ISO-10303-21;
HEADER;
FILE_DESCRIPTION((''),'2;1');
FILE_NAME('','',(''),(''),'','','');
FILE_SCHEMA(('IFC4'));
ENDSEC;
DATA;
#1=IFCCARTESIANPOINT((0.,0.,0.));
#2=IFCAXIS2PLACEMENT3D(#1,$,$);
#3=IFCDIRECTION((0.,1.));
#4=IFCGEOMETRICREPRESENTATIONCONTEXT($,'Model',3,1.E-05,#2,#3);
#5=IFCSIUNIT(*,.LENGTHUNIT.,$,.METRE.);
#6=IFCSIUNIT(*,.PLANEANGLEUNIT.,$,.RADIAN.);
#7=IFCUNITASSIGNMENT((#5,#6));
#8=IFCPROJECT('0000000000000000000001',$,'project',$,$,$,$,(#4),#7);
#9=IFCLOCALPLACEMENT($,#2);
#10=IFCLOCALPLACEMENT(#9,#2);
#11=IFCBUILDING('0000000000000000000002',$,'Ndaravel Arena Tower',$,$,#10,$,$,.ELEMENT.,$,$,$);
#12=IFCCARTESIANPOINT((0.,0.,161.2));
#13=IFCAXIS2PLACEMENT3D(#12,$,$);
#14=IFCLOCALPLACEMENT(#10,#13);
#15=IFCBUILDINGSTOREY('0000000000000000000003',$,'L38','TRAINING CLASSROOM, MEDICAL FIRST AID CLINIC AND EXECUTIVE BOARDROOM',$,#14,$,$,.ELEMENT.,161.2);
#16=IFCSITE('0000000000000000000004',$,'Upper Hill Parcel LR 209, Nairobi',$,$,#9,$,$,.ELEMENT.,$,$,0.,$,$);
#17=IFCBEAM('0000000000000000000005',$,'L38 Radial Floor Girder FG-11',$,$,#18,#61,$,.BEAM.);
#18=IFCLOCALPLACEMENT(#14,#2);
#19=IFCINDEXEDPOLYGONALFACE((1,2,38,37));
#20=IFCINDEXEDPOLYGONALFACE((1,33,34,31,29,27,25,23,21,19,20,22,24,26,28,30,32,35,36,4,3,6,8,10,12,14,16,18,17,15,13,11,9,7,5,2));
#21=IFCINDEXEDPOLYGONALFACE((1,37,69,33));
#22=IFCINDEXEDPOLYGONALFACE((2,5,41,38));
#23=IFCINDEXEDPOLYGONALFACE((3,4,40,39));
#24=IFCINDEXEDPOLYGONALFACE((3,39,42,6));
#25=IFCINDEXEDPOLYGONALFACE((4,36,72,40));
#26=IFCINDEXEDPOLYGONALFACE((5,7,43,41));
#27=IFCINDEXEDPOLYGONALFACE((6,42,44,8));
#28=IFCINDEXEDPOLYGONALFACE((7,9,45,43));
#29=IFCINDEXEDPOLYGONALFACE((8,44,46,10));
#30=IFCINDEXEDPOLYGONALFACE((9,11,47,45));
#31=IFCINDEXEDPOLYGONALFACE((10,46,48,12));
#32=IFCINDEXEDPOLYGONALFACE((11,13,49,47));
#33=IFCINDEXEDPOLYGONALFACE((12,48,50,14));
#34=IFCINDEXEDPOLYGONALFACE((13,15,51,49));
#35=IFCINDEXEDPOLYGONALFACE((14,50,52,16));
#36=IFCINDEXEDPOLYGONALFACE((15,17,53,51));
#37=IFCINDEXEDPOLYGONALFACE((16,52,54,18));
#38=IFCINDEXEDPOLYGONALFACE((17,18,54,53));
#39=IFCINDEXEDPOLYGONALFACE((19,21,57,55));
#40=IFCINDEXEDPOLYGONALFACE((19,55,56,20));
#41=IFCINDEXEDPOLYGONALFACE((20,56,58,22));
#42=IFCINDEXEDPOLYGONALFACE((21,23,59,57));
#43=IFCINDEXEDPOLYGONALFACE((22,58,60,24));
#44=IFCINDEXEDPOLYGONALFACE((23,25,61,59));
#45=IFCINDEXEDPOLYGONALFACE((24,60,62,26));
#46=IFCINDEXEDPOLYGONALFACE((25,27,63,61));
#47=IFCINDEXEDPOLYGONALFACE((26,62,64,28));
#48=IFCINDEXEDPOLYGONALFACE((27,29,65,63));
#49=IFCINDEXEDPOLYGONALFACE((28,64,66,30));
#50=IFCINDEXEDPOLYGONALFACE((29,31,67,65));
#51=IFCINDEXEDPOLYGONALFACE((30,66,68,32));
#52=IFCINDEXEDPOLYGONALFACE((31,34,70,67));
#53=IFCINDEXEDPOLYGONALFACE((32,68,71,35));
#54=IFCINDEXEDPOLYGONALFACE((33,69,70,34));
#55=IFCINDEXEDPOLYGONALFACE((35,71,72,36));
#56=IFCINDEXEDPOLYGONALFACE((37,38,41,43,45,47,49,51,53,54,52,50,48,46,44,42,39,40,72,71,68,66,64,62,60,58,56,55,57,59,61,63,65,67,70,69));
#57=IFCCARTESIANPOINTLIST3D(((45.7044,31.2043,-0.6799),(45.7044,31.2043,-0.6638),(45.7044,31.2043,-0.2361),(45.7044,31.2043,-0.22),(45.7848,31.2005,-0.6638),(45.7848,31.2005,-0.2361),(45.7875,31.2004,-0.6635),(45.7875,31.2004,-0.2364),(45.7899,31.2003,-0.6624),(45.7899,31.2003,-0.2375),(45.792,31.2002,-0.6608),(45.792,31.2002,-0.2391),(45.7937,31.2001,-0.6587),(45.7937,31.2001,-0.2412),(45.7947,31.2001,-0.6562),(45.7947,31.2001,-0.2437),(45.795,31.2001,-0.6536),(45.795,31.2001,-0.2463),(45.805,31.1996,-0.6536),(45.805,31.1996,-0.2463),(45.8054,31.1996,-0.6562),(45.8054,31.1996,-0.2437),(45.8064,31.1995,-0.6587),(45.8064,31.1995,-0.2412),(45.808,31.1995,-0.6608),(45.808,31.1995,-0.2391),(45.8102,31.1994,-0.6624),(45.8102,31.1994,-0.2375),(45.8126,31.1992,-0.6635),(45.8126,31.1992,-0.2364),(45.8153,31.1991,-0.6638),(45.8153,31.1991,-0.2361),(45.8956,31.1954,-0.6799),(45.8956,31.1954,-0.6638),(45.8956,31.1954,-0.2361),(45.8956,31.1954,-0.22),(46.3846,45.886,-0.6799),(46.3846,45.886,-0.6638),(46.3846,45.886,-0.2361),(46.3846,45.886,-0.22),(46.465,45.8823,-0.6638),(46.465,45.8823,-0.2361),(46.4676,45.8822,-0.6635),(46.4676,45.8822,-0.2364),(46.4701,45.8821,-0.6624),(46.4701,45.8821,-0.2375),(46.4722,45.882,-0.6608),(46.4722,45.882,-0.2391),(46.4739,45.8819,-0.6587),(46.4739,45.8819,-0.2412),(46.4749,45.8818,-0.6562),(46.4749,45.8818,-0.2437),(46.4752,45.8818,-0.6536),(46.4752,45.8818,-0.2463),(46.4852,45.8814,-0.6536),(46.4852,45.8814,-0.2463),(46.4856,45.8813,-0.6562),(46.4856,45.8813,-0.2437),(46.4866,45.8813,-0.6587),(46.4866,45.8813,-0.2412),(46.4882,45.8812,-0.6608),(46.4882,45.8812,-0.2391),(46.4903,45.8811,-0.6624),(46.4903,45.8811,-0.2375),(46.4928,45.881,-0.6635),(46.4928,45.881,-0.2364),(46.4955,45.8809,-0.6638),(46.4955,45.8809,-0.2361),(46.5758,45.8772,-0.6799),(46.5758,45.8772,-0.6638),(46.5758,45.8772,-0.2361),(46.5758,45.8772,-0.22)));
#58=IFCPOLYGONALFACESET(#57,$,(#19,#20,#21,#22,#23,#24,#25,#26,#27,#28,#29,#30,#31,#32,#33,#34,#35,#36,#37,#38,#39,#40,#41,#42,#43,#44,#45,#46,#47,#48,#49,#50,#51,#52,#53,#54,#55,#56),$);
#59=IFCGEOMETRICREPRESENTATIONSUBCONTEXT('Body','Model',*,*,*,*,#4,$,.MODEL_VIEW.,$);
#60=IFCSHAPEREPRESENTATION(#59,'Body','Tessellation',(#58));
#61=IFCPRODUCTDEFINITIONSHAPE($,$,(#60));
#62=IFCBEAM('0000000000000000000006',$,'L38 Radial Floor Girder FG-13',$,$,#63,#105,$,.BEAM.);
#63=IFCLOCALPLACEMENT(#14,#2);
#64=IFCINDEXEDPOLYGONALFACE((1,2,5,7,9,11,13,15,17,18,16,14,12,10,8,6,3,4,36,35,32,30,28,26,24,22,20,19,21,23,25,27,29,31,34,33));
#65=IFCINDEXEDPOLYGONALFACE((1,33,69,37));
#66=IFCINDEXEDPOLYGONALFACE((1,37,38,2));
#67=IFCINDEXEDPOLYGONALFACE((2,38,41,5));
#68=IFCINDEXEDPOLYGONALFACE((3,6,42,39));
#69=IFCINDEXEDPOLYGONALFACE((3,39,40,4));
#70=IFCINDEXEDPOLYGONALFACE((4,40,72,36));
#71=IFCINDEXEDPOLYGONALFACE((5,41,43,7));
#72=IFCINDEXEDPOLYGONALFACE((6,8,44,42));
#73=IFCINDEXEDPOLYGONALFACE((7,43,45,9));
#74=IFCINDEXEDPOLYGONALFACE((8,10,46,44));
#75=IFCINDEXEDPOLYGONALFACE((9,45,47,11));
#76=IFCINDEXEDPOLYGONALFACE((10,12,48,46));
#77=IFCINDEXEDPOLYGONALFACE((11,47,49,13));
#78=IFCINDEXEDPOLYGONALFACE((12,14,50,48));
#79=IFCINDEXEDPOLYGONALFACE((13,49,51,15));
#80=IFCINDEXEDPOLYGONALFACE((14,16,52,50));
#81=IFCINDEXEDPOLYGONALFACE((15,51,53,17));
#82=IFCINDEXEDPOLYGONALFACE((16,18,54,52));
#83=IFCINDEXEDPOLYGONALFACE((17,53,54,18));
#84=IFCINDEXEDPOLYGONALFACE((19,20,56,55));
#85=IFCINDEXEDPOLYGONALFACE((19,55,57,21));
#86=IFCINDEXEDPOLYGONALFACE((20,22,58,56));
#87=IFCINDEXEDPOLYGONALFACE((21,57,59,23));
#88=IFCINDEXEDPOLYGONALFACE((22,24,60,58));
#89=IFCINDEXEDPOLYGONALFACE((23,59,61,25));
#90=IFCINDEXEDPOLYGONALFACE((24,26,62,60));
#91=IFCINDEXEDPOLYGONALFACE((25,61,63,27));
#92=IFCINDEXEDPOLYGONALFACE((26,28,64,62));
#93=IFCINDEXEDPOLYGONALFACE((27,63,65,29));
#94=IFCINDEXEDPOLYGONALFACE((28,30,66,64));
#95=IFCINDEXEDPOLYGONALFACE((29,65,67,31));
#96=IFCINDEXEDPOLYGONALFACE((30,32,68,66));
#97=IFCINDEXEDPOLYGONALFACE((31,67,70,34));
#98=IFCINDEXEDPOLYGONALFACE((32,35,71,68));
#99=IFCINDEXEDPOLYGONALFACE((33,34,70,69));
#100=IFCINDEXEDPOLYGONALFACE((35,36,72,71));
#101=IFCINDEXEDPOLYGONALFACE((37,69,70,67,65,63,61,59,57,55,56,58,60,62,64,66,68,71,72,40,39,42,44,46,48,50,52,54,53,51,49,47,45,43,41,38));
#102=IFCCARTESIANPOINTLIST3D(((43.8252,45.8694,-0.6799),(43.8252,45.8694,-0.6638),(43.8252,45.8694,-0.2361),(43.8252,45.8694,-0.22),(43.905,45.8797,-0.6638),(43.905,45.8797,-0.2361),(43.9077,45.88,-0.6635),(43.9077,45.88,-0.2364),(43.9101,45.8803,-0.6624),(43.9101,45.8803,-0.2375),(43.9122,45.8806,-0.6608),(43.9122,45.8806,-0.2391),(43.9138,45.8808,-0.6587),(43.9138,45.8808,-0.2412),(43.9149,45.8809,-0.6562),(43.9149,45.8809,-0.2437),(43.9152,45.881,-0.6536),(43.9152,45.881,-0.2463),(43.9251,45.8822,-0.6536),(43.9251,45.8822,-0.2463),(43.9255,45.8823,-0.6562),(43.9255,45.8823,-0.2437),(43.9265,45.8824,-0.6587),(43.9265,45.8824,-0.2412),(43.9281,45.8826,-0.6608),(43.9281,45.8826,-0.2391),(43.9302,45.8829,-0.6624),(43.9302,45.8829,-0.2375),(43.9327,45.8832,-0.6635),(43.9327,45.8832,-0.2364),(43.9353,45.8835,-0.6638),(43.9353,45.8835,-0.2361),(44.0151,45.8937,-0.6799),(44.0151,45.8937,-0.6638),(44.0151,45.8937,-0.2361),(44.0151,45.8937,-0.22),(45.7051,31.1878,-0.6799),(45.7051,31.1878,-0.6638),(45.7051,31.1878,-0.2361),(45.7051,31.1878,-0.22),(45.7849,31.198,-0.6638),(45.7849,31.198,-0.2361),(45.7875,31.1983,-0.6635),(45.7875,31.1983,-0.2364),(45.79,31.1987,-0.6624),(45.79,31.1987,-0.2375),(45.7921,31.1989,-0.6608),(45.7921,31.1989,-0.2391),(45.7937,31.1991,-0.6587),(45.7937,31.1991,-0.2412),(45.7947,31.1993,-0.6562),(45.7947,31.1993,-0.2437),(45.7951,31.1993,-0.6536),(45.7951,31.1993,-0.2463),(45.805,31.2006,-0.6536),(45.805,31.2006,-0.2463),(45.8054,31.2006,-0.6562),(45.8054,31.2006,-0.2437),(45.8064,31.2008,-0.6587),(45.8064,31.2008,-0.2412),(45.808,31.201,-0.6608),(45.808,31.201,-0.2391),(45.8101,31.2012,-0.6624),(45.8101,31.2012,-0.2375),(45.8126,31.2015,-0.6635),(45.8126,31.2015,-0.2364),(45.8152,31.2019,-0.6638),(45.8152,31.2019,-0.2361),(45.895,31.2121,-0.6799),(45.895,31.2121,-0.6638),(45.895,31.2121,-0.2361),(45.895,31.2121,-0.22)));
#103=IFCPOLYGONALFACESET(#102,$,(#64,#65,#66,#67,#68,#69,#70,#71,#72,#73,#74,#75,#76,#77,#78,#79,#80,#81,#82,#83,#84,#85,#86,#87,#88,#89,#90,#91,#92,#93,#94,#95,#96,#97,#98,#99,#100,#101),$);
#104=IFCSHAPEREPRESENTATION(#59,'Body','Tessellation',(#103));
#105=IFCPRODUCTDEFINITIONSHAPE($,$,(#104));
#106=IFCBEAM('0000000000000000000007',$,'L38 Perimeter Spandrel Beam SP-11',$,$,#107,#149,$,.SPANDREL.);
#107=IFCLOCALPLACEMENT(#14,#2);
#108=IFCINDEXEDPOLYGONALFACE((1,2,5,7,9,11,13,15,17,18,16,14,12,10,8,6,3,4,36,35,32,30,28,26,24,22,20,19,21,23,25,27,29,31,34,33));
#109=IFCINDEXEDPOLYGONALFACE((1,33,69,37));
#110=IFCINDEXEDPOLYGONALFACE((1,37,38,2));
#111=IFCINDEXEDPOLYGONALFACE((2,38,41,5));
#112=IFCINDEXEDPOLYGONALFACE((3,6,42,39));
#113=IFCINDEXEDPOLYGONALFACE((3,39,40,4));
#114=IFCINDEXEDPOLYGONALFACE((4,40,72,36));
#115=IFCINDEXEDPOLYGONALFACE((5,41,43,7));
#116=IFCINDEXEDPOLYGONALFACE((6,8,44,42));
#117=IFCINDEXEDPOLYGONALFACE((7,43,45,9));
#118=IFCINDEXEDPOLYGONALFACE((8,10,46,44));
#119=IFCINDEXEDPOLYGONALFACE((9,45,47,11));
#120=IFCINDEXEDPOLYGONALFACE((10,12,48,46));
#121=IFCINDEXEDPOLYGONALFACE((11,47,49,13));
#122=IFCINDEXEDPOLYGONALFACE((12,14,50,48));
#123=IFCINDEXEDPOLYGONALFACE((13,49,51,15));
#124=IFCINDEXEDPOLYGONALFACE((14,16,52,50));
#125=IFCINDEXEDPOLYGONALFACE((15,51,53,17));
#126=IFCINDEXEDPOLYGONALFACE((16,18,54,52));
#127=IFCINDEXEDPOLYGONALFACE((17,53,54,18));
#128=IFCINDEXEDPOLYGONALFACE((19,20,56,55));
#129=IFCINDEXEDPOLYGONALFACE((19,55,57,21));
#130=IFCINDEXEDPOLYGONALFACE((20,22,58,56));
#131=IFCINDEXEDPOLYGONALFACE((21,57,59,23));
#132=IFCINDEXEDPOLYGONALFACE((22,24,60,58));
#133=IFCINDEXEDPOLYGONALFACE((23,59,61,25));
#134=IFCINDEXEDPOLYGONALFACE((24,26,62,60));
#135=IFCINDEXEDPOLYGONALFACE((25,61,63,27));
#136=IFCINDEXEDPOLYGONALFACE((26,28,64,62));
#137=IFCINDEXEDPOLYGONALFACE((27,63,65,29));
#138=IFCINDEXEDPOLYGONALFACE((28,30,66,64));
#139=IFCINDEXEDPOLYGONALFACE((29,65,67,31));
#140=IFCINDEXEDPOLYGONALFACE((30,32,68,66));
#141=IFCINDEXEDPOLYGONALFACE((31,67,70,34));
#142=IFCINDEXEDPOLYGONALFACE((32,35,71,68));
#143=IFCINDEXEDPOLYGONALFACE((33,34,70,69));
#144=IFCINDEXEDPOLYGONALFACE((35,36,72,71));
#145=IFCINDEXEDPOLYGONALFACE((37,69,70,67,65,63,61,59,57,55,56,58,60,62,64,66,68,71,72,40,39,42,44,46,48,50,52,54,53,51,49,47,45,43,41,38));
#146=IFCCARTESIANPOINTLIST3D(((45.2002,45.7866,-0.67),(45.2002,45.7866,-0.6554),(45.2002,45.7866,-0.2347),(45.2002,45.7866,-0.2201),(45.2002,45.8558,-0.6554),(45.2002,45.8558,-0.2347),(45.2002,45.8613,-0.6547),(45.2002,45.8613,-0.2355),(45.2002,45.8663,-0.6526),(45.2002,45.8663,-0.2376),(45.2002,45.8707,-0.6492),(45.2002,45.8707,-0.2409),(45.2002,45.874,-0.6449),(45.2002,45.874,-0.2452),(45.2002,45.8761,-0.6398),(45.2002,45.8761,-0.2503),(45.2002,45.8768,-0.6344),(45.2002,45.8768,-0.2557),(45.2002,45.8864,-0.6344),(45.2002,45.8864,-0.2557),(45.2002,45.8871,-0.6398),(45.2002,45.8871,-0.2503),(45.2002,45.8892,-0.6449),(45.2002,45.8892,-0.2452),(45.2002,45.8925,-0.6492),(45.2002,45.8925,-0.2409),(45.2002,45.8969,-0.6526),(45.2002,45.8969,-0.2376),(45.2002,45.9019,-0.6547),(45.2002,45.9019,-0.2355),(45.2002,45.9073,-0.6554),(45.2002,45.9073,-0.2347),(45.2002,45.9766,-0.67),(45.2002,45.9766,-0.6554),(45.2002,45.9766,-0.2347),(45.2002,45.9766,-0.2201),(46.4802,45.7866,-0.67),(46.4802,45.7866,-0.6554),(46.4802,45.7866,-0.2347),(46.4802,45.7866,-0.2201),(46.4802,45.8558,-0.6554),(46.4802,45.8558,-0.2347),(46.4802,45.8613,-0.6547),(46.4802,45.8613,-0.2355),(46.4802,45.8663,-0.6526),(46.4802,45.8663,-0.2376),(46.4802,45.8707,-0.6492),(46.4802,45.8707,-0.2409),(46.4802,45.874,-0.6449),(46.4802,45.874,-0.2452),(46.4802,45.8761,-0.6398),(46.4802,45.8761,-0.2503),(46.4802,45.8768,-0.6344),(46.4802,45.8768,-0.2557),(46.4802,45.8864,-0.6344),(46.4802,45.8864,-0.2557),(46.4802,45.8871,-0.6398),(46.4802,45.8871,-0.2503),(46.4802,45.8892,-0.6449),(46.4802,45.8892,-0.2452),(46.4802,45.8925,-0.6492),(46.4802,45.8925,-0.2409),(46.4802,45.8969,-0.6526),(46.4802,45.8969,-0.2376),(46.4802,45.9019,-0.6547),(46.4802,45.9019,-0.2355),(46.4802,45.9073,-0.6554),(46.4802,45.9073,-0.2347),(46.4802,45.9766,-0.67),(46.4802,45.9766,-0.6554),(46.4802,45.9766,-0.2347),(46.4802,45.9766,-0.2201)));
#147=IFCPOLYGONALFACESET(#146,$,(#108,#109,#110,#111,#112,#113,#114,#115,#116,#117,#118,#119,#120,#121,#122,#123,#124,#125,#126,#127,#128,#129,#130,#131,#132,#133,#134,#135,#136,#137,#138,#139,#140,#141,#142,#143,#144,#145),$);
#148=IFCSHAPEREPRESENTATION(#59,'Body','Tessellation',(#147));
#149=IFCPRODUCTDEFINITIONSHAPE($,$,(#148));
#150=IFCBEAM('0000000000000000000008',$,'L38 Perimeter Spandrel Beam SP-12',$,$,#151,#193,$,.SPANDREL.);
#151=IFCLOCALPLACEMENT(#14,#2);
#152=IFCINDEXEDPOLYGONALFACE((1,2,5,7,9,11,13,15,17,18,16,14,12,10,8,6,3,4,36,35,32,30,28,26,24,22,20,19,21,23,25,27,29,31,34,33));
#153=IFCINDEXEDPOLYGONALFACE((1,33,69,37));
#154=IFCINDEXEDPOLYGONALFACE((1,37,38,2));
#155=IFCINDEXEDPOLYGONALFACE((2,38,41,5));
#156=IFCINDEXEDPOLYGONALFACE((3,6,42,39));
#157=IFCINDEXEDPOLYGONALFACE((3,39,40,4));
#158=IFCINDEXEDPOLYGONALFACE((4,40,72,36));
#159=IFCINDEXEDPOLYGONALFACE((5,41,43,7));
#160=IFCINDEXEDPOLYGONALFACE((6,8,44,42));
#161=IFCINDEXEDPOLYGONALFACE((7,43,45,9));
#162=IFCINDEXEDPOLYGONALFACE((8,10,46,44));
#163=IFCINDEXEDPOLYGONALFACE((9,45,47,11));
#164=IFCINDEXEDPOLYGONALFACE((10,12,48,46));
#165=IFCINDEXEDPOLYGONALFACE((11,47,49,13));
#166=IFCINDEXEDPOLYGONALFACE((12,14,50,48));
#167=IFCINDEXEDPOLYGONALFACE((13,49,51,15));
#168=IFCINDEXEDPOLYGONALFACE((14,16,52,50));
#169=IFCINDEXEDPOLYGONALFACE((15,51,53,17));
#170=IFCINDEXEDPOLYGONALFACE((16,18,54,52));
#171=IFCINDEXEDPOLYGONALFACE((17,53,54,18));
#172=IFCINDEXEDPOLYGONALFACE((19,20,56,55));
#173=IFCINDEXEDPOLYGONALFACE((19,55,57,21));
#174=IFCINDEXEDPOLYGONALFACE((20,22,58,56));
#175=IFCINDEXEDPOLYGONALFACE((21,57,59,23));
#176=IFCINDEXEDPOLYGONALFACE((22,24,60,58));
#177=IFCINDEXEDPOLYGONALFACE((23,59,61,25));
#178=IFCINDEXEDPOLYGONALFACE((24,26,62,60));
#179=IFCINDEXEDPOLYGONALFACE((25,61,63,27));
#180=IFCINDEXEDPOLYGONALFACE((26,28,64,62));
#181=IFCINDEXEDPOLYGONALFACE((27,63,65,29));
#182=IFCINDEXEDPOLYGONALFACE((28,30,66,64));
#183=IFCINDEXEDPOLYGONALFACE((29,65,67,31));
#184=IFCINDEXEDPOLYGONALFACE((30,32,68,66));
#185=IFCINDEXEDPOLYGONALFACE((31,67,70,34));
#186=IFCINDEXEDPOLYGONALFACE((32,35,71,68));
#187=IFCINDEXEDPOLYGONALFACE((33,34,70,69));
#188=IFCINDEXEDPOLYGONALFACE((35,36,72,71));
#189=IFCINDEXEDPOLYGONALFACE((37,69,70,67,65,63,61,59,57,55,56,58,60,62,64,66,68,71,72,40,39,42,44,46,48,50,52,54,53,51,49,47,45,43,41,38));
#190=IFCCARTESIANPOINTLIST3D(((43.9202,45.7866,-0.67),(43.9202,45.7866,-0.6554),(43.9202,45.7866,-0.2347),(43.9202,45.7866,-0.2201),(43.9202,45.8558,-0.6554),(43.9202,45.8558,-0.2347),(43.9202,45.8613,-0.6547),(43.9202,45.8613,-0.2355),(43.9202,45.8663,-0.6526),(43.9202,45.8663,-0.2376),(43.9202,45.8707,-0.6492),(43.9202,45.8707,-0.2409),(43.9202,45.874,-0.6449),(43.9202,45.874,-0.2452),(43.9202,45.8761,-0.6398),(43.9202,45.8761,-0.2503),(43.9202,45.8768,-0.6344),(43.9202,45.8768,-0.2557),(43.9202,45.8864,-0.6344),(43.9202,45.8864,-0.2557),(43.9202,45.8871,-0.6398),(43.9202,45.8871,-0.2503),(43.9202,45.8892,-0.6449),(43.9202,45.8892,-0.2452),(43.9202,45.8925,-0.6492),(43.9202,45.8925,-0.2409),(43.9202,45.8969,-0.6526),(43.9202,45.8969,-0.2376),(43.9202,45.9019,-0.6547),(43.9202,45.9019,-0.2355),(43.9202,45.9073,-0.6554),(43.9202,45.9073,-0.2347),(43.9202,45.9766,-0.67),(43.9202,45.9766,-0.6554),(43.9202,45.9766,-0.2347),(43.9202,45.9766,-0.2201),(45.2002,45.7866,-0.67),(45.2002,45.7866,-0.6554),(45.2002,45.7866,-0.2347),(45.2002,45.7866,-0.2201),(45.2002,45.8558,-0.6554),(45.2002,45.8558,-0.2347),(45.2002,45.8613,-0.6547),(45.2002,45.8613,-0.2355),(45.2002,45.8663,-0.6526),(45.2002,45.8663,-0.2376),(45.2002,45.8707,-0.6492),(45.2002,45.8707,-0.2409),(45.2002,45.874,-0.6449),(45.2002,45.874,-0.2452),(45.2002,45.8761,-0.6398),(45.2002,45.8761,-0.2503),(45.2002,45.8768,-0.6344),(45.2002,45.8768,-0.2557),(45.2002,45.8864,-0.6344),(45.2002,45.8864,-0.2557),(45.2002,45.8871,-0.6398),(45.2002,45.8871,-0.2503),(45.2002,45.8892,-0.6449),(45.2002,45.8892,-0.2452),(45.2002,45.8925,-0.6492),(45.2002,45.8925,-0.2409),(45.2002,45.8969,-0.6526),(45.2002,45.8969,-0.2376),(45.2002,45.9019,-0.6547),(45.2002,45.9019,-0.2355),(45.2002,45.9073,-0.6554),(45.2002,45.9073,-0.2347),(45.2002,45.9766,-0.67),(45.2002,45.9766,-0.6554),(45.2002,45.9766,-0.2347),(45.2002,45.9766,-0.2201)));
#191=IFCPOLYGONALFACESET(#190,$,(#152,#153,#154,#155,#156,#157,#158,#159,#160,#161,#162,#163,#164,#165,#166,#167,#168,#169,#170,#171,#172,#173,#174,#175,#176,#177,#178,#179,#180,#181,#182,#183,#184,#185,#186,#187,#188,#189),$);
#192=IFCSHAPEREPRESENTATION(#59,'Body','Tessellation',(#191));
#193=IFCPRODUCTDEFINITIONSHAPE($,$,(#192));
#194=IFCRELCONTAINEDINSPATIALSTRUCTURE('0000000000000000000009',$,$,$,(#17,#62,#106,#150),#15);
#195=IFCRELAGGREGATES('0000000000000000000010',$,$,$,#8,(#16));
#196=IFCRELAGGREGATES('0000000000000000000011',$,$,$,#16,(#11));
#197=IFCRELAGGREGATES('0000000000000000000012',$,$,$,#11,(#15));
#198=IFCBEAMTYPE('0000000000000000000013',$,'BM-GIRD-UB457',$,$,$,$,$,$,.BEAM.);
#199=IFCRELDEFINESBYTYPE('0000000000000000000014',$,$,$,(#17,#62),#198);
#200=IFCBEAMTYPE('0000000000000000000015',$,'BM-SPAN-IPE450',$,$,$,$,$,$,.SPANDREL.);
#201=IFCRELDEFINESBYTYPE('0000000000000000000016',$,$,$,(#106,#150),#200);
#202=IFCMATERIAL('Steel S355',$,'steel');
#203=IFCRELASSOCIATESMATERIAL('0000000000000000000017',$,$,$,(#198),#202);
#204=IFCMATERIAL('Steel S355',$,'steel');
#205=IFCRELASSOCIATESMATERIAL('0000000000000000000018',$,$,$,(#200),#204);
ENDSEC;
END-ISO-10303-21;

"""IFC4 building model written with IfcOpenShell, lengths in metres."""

from ifc_helpers import new_model, si_unit, direction, frame, origin, origin_2d, place, context, subcontext, project, spatial, i_section, extrude, material, material_profile, profile_set, type_object, element, save


model = new_model("IFC4")

# Units and contexts
model_context = context("Model", 3, precision=1e-05, world=origin(), true_north=direction((0.0, 1.0)))
body_context = subcontext(model_context, "Body", "Model", "MODEL_VIEW")
ifc_project = project(units=[si_unit("LENGTHUNIT", "METRE"), si_unit("PLANEANGLEUNIT", "RADIAN")], contexts=[model_context])

# Site, building, storey
site_placement = place(None, origin())
site = spatial("IfcSite", under=ifc_project, at=site_placement, Name="Upper Hill Parcel LR 209, Nairobi", CompositionType="ELEMENT", RefElevation=0.0)
building_placement = place(site_placement, origin())
building = spatial("IfcBuilding", under=site, at=building_placement, Name="Ndaravel Arena Tower", CompositionType="ELEMENT")
storey_placement = place(building_placement, frame((0.0, 0.0, 161.2)))
storey = spatial("IfcBuildingStorey", under=building, at=storey_placement, Name="L38", Description="TRAINING CLASSROOM, MEDICAL FIRST AID CLINIC AND EXECUTIVE BOARDROOM", CompositionType="ELEMENT", Elevation=161.2)

# Beams
ifc_material_1 = material(Name="Steel S355", Category="steel")
ifc_material_profile_1 = material_profile(ifc_material_1, i_section(OverallWidth=0.1914, OverallDepth=0.46, WebThickness=0.01, FlangeThickness=0.0161, FilletRadius=0.0103, at=origin_2d()), Name="UB 457x191x82")
ifc_profile_set_1 = profile_set([ifc_material_profile_1], Name="Steel S355")
beam_type_1 = type_object("IfcBeamType", Name="BM-GIRD-UB457", PredefinedType="BEAM", material=ifc_profile_set_1)
beam_1_placement = place(storey_placement, frame((46.4802, 45.8816, -0.45), z_axis=(-0.046279, -0.998929, 0.0), x_axis=(0.998929, -0.046279, 0.0)))
element("IfcBeam", 1, at=beam_1_placement, inside=storey, type_object=beam_type_1, Name="L38 Radial Floor Girder FG-11", PredefinedType="BEAM", context=body_context, shape_type="SweptSolid", body=[
    extrude(i_section(OverallWidth=0.1914, OverallDepth=0.46, WebThickness=0.01, FlangeThickness=0.0161, FilletRadius=0.0103, at=origin_2d()), origin(), (0.0, 0.0, 1.0), 14.6975),
])
beam_2_placement = place(storey_placement, frame((43.9202, 45.8816, -0.45), z_axis=(0.127006, -0.991902, 0.0), x_axis=(0.991902, 0.127006, 0.0)))
element("IfcBeam", 2, at=beam_2_placement, inside=storey, type_object=beam_type_1, Name="L38 Radial Floor Girder FG-13", PredefinedType="BEAM", context=body_context, shape_type="SweptSolid", body=[
    extrude(i_section(OverallWidth=0.1914, OverallDepth=0.46, WebThickness=0.01, FlangeThickness=0.0161, FilletRadius=0.0103, at=origin_2d()), origin(), (0.0, 0.0, 1.0), 14.8015),
])
ifc_material_2 = material(Name="Steel S355", Category="steel")
ifc_material_profile_2 = material_profile(ifc_material_2, i_section(OverallWidth=0.1899, OverallDepth=0.45, WebThickness=0.0095, FlangeThickness=0.0146, FilletRadius=0.021, at=origin_2d()), Name="IPE 450")
ifc_profile_set_2 = profile_set([ifc_material_profile_2], Name="Steel S355")
beam_type_2 = type_object("IfcBeamType", Name="BM-SPAN-IPE450", PredefinedType="SPANDREL", material=ifc_profile_set_2)
for number, where, z_axis, x_axis, name in (
    (3, (46.4802, 45.8816, -0.4451), (-1.0, 0.0, 0.0), (0.0, -1.0, 0.0), "L38 Perimeter Spandrel Beam SP-11"),
    (4, (45.2002, 45.8816, -0.4451), (-1.0, 0.0, 0.0), (0.0, -1.0, 0.0), "L38 Perimeter Spandrel Beam SP-12"),
):
    element("IfcBeam", number, at=place(storey_placement, frame(where, z_axis=z_axis, x_axis=x_axis)), inside=storey, type_object=beam_type_2, Name=name, PredefinedType="SPANDREL", context=body_context, shape_type="SweptSolid", body=[
        extrude(i_section(OverallWidth=0.1899, OverallDepth=0.45, WebThickness=0.0095, FlangeThickness=0.0146, FilletRadius=0.021, at=origin_2d()), origin(), (0.0, 0.0, 1.0), 1.28),
    ])

save(model, "model.ifc")
